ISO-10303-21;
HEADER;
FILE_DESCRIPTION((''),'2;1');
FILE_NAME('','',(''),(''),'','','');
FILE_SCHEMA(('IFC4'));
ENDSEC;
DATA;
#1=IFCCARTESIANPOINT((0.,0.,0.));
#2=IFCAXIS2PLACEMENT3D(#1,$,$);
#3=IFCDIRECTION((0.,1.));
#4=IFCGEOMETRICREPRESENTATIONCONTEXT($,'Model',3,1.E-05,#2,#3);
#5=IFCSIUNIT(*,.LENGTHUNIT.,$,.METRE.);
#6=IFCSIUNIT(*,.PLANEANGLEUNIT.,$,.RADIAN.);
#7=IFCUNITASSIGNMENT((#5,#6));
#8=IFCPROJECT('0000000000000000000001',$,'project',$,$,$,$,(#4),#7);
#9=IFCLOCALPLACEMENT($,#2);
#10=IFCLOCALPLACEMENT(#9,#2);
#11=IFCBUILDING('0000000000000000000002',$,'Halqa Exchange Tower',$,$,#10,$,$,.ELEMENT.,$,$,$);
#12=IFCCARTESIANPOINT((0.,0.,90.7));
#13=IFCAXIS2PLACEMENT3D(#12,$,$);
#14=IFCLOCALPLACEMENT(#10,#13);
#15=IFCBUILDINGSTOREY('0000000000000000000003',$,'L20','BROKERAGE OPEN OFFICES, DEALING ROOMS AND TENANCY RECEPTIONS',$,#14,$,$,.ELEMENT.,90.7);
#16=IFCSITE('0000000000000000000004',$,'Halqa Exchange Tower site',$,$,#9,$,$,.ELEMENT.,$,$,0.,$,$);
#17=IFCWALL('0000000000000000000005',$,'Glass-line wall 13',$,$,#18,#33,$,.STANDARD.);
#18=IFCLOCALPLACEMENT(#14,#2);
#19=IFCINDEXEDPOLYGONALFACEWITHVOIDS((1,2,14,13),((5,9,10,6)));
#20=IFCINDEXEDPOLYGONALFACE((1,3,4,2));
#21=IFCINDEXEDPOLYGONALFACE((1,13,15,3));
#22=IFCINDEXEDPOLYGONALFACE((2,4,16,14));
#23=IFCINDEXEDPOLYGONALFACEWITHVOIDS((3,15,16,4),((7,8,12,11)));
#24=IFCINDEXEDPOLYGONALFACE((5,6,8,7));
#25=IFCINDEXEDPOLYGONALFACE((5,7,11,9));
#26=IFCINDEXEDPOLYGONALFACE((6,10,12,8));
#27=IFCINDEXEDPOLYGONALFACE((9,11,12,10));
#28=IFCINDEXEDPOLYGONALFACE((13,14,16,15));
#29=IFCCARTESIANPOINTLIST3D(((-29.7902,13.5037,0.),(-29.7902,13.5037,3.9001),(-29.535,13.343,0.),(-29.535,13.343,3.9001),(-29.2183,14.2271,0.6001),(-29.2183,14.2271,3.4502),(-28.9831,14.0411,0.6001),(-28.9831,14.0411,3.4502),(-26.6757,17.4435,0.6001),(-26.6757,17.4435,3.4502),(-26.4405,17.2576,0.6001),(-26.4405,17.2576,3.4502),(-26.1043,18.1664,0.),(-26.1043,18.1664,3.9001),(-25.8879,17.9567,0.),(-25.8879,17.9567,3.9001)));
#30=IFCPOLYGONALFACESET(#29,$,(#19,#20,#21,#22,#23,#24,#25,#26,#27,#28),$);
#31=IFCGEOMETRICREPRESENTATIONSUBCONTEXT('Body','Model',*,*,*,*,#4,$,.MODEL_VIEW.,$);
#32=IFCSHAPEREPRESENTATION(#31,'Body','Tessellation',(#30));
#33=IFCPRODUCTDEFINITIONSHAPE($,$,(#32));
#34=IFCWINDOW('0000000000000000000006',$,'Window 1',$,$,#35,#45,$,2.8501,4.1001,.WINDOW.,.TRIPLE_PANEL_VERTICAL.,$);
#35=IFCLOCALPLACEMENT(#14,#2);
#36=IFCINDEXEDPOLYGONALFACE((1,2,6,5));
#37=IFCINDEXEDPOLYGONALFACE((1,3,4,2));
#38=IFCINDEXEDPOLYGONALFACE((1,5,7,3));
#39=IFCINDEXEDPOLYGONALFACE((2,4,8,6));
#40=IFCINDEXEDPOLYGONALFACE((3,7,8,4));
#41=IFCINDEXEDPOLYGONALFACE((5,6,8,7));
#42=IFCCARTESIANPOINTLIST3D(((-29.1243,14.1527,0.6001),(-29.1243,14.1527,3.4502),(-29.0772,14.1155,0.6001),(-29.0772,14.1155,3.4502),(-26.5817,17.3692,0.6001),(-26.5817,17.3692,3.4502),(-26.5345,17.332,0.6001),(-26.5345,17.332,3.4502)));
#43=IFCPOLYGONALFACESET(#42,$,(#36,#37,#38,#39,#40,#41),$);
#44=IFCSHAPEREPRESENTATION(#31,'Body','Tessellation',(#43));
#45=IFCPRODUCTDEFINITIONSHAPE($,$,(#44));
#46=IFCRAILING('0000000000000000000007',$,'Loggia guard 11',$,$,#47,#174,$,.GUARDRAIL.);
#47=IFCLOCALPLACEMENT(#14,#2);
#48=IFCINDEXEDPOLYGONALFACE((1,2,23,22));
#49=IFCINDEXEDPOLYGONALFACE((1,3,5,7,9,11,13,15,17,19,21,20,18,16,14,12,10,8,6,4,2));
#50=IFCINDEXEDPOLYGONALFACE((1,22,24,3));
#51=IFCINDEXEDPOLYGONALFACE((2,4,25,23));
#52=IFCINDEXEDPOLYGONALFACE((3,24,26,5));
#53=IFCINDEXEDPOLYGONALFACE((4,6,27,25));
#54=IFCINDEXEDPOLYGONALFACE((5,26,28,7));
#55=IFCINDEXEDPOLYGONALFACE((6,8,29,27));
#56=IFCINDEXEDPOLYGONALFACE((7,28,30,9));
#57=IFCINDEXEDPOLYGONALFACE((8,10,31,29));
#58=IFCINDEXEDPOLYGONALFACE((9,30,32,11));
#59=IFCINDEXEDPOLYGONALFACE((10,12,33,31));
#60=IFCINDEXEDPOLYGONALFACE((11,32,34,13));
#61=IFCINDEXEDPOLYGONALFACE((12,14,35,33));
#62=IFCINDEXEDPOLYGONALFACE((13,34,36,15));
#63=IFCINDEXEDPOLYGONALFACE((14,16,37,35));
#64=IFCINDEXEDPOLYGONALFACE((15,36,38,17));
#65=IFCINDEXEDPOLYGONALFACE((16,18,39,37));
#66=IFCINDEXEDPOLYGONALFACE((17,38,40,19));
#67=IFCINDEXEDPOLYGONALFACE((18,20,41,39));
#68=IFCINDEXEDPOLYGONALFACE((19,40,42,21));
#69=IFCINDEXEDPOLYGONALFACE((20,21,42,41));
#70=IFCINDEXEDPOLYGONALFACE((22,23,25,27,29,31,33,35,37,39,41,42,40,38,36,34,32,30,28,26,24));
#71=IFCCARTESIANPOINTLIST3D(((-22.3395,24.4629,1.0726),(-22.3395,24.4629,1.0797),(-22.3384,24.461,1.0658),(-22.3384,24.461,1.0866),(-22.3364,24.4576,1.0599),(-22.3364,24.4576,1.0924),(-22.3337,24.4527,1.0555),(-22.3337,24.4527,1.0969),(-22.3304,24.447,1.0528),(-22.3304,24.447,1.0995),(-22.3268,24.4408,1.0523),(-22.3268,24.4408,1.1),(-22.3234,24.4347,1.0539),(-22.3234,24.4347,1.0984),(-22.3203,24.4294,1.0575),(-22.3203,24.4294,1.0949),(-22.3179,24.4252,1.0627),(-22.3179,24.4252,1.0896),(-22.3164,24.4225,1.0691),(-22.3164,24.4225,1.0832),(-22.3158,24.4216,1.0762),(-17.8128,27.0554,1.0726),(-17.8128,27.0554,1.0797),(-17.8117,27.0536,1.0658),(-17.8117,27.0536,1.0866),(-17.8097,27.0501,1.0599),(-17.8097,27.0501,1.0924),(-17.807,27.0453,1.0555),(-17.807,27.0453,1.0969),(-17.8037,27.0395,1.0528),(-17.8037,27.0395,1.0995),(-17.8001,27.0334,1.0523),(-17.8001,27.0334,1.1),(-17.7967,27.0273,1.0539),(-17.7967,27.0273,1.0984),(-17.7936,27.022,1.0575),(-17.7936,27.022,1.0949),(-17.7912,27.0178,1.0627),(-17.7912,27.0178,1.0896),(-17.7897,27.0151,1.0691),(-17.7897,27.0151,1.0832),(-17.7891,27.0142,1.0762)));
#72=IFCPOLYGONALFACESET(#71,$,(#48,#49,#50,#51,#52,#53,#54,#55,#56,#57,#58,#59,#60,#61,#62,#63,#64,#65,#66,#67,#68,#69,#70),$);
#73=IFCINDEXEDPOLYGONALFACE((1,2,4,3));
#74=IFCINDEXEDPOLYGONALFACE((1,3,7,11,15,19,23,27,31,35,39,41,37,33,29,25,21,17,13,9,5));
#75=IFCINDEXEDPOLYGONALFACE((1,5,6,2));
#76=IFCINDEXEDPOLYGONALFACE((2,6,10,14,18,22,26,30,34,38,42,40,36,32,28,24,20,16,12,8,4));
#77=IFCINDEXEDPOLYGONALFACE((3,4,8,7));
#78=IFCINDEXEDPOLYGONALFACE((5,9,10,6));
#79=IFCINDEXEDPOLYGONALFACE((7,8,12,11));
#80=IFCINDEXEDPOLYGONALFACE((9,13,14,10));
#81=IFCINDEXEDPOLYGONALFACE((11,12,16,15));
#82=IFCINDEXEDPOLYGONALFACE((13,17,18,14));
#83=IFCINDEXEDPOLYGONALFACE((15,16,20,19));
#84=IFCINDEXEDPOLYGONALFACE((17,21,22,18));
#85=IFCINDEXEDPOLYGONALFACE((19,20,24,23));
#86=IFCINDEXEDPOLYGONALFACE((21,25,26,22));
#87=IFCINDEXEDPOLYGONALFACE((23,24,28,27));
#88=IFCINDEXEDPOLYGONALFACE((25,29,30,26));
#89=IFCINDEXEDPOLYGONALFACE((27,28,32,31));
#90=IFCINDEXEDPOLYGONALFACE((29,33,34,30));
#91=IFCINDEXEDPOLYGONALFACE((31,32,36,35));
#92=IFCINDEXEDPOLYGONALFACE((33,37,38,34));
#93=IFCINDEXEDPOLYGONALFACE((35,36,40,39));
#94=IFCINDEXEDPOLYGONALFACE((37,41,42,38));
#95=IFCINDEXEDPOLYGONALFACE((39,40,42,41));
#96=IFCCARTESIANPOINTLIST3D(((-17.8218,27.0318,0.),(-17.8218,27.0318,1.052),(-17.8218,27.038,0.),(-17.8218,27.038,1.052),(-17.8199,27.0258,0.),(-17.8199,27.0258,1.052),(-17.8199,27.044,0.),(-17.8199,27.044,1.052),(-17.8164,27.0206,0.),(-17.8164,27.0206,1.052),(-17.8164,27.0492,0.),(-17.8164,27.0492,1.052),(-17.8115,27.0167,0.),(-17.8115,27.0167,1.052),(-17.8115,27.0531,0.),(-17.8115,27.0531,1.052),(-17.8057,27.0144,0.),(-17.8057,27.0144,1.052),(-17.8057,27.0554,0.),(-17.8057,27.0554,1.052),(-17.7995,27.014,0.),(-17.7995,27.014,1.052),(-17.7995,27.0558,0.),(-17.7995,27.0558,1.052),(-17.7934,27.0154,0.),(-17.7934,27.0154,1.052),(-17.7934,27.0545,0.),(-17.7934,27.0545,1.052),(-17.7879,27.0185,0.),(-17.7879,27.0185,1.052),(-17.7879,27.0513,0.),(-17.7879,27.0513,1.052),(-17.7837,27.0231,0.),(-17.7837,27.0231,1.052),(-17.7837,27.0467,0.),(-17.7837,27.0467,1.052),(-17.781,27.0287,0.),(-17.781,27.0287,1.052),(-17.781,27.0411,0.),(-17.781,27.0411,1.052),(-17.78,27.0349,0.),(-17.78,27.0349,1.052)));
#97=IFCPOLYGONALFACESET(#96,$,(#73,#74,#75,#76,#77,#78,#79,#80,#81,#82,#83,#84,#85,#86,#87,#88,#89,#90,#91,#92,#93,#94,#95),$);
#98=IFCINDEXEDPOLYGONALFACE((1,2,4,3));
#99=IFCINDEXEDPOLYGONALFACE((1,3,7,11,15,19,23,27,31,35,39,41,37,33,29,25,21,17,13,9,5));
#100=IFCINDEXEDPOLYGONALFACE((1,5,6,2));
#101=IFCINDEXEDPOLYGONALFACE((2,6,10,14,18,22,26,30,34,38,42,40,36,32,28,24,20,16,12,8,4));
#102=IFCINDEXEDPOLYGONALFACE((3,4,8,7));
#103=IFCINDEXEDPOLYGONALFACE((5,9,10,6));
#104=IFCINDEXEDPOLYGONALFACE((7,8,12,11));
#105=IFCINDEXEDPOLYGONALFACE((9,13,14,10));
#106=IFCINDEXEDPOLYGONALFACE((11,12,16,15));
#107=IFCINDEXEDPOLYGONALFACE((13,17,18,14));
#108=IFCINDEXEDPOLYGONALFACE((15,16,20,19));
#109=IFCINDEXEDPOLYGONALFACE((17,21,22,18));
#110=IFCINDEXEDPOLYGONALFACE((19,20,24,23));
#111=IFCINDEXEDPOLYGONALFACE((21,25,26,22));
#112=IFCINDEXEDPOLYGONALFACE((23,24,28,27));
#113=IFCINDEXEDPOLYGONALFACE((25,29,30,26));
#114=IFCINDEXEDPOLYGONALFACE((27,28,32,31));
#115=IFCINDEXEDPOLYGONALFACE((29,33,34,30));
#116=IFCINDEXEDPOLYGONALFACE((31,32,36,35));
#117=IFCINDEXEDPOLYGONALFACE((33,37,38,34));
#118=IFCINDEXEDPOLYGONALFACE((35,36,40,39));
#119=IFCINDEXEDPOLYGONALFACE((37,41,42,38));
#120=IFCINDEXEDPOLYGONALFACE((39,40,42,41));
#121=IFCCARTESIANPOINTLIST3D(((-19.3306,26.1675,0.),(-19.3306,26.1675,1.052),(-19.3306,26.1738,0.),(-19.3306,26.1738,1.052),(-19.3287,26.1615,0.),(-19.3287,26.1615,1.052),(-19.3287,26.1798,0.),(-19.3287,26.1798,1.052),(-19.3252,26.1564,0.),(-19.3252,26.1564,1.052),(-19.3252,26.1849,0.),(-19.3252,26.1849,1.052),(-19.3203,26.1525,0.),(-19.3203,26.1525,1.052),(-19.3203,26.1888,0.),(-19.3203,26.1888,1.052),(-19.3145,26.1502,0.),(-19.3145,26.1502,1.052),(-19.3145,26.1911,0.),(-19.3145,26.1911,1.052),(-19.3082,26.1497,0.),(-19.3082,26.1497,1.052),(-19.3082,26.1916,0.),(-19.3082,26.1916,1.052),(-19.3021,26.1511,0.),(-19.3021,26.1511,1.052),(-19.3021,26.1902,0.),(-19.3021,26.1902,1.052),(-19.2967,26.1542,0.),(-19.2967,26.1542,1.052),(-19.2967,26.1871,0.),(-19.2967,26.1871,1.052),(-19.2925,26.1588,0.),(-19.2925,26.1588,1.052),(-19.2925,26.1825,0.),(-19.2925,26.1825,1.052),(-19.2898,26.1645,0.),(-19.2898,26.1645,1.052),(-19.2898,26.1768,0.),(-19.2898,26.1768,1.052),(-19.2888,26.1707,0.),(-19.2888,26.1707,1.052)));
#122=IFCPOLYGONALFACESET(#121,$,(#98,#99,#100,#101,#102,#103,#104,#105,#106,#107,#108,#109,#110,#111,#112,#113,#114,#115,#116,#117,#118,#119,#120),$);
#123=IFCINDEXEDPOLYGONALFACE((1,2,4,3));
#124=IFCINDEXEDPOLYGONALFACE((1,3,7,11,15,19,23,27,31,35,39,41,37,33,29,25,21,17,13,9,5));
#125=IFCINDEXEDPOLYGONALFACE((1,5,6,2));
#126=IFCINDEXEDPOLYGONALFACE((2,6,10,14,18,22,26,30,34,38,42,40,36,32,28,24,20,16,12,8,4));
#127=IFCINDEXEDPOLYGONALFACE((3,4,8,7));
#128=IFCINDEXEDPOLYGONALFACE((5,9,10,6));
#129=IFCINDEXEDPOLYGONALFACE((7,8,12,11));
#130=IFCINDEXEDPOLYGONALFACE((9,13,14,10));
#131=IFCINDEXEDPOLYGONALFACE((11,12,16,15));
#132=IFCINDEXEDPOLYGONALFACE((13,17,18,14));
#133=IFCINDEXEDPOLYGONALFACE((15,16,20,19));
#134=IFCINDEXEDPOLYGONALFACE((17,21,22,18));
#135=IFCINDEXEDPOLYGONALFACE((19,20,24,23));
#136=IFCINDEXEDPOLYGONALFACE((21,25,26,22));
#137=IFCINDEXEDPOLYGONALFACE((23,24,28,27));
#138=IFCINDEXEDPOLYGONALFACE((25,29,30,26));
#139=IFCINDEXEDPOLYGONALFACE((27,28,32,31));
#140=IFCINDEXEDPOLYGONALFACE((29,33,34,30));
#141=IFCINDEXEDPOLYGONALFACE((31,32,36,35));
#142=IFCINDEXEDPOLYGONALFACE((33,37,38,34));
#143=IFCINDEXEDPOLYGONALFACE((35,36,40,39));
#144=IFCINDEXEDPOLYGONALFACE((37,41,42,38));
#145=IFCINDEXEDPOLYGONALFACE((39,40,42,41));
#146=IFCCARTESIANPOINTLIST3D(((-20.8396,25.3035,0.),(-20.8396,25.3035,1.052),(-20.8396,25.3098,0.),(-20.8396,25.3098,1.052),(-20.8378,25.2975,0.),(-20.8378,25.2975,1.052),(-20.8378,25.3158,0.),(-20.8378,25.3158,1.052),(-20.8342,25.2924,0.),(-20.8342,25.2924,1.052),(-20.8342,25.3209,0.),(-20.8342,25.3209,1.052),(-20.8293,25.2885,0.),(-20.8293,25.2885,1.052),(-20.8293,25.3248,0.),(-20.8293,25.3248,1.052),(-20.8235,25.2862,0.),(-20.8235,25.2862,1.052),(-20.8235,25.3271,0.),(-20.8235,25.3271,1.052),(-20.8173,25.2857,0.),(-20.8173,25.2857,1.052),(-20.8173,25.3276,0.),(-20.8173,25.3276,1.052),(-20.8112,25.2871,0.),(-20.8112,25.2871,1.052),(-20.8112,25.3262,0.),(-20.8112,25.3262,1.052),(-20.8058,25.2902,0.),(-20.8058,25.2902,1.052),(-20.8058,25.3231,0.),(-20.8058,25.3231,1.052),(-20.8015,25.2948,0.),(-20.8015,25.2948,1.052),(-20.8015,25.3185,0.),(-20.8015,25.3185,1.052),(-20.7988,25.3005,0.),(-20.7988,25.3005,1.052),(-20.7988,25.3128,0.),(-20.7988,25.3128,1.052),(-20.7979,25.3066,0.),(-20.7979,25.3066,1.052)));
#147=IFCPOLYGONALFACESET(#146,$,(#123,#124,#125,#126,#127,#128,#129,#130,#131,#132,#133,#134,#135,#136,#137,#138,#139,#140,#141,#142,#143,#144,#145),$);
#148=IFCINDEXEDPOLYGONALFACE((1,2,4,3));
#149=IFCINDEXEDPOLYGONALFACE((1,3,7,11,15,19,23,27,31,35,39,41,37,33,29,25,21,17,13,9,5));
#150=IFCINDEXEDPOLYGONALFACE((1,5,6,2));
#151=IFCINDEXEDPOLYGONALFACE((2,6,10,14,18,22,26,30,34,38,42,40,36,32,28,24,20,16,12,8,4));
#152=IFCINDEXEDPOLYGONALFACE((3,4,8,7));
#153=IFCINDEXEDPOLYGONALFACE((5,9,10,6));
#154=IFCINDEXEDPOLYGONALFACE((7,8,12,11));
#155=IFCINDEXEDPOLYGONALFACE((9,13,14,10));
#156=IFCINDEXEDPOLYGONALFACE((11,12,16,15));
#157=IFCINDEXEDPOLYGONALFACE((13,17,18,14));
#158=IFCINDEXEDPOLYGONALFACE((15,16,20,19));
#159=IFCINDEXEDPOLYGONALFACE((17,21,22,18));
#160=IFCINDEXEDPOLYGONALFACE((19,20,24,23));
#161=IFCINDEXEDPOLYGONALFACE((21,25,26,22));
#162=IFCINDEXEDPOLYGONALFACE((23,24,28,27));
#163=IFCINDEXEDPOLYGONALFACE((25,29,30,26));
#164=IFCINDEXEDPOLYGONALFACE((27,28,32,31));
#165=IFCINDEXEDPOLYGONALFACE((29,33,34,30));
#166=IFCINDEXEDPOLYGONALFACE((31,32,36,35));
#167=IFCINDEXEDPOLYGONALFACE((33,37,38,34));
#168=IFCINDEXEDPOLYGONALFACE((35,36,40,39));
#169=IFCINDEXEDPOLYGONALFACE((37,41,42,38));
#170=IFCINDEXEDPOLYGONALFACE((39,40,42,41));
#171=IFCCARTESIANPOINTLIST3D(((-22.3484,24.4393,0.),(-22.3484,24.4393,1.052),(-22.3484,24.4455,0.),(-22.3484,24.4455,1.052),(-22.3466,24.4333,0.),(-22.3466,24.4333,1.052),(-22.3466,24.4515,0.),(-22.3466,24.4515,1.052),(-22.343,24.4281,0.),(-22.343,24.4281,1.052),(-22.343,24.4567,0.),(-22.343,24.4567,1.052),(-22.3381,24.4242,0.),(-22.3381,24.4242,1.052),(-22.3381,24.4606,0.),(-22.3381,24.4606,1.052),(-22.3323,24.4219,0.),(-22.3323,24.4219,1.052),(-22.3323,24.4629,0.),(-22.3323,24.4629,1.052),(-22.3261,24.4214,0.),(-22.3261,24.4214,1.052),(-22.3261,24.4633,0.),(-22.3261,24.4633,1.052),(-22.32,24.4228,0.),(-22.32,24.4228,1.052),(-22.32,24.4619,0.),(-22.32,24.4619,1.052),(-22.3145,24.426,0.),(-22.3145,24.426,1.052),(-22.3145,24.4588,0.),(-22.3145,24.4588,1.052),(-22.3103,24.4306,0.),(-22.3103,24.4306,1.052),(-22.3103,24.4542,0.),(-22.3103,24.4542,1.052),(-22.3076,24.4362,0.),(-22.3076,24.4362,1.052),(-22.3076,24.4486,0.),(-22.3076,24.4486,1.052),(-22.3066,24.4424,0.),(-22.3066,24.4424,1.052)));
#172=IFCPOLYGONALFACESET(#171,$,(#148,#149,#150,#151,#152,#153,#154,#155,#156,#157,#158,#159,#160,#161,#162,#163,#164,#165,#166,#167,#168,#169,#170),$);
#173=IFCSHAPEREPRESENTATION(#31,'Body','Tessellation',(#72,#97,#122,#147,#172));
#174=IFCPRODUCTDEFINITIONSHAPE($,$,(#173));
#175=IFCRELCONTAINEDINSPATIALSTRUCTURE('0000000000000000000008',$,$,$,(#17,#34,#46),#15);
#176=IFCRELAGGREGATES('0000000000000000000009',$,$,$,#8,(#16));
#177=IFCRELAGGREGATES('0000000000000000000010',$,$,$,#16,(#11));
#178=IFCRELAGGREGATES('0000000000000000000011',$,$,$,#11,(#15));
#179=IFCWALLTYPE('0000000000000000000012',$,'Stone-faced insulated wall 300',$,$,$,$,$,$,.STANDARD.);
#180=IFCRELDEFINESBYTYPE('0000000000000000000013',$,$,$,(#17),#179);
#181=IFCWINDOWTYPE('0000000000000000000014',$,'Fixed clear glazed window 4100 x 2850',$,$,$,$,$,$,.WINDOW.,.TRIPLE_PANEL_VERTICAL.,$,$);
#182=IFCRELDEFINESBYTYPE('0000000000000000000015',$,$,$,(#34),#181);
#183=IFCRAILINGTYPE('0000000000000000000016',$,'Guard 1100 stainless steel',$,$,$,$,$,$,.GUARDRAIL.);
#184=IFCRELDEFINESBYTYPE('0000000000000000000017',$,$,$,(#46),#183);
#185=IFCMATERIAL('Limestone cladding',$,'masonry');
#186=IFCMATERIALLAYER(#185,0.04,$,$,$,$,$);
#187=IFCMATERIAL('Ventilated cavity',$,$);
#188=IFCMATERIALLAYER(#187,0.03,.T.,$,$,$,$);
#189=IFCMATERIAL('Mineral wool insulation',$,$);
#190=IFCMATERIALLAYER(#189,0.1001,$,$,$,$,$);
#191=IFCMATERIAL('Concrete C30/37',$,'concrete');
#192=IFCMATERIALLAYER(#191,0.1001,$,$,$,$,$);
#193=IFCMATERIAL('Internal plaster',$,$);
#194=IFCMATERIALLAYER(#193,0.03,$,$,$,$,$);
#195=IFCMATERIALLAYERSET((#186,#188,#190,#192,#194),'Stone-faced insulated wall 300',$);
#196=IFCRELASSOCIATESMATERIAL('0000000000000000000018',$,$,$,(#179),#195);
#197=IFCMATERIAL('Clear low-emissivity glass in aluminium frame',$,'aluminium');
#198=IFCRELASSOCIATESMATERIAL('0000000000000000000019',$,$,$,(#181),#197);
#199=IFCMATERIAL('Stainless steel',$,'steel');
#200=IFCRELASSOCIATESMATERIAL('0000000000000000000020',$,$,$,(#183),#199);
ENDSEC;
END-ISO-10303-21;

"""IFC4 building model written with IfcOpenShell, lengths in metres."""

from ifc_helpers import new_model, si_unit, direction, frame, frame_2d, origin, origin_2d, place, context, subcontext, project, spatial, polyline, rectangle, circle, outline, extrude, material, layer, layer_set, type_object, element, fill, save


model = new_model("IFC4")

# Units and contexts
model_context = context("Model", 3, precision=1e-05, world=origin(), true_north=direction((0.0, 1.0)))
body_context = subcontext(model_context, "Body", "Model", "MODEL_VIEW")
ifc_project = project(units=[si_unit("LENGTHUNIT", "METRE"), si_unit("PLANEANGLEUNIT", "RADIAN")], contexts=[model_context])

# Site, building, storey
site_placement = place(None, origin())
site = spatial("IfcSite", under=ifc_project, at=site_placement, Name="Halqa Exchange Tower site", CompositionType="ELEMENT", RefElevation=0.0)
building_placement = place(site_placement, origin())
building = spatial("IfcBuilding", under=site, at=building_placement, Name="Halqa Exchange Tower", CompositionType="ELEMENT")
storey_placement = place(building_placement, frame((0.0, 0.0, 90.7)))
storey = spatial("IfcBuildingStorey", under=building, at=storey_placement, Name="L20", Description="BROKERAGE OPEN OFFICES, DEALING ROOMS AND TENANCY RECEPTIONS", CompositionType="ELEMENT", Elevation=90.7)

# Shared definitions
ifc_material_1 = material(Name="Limestone cladding", Category="masonry")
ifc_layer_1 = layer(ifc_material_1, 0.04)
ifc_material_2 = material(Name="Ventilated cavity")
ifc_layer_2 = layer(ifc_material_2, 0.03, ventilated=True)
ifc_material_3 = material(Name="Mineral wool insulation")
ifc_layer_3 = layer(ifc_material_3, 0.1001)
ifc_material_4 = material(Name="Concrete C30/37", Category="concrete")
ifc_layer_4 = layer(ifc_material_4, 0.1001)
ifc_material_5 = material(Name="Internal plaster")
ifc_layer_5 = layer(ifc_material_5, 0.03)
ifc_layer_set_1 = layer_set([ifc_layer_1, ifc_layer_2, ifc_layer_3, ifc_layer_4, ifc_layer_5], Name="Stone-faced insulated wall 300")
wall_type_1 = type_object("IfcWallType", Name="Stone-faced insulated wall 300", PredefinedType="STANDARD", material=ifc_layer_set_1)
ifc_material_6 = material(Name="Clear low-emissivity glass in aluminium frame", Category="aluminium")
window_type = type_object("IfcWindowType", Name="Fixed clear glazed window 4100 x 2850", PartitioningType="TRIPLE_PANEL_VERTICAL", PredefinedType="WINDOW", material=ifc_material_6)

# Wall, opening, window
wall_1_placement = place(storey_placement, frame((-25.9961, 18.0615, 0.0), z_axis=(0.0, 0.0, 1.0), x_axis=(-0.620142, -0.784489, 0.0)))
wall_1 = element("IfcWall", 1, at=wall_1_placement, inside=storey, type_object=wall_type_1, Name="Glass-line wall 13", PredefinedType="STANDARD", context=body_context, shape_type="SweptSolid", body=[
    extrude(outline(polyline([(-0.0151, -0.1499), (5.9285, -0.1499), (5.8962, 0.1499), (0.0151, 0.1499), (-0.0151, -0.1499)])), origin(), (0.0, 0.0, 1.0), 3.9001),
])
opening_1_placement = place(wall_1_placement, frame((0.9062, 0.0, 0.6001)))
opening_1 = element("IfcOpeningElement", 2, at=opening_1_placement, cuts=wall_1, PredefinedType="OPENING", context=body_context, shape_type="SweptSolid", body=[
    extrude(rectangle(XDim=4.1001, YDim=2.8501, at=frame_2d((2.05, 1.425))), frame((0.0, 0.1621, 0.0), z_axis=(0.0, -1.0, 0.0), x_axis=(1.0, 0.0, 0.0)), (0.0, 0.0, 1.0), 0.324),
])
window_1_placement = place(opening_1_placement, origin())
window_1 = element("IfcWindow", 3, at=window_1_placement, inside=storey, type_object=window_type, Name="Window 1", OverallHeight=2.8501, OverallWidth=4.1001, PartitioningType="TRIPLE_PANEL_VERTICAL", PredefinedType="WINDOW", context=body_context, shape_type="SweptSolid", body=[
    extrude(rectangle(XDim=4.1001, YDim=2.8501, at=frame_2d((2.05, 1.425))), frame((0.0, 0.03, 0.0), z_axis=(0.0, -1.0, 0.0), x_axis=(1.0, 0.0, 0.0)), (0.0, 0.0, 1.0), 0.0601),
])
fill(opening_1, window_1)

# Railing
ifc_material_7 = material(Name="Stainless steel", Category="steel")
railing_type = type_object("IfcRailingType", Name="Guard 1100 stainless steel", PredefinedType="GUARDRAIL", material=ifc_material_7)
railing_1_placement = place(storey_placement, frame((-17.801, 27.0349, 0.0)))
element("IfcRailing", 4, at=railing_1_placement, inside=storey, type_object=railing_type, Name="Loggia guard 11", PredefinedType="GUARDRAIL", context=body_context, shape_type="SweptSolid", body=[
    extrude(circle(Radius=0.0239, at=origin_2d()), frame((0.0, 0.0, 1.0762), z_axis=(-0.867756, -0.49699, 0.0), x_axis=(0.49699, -0.867756, 0.0)), (0.0, 0.0, 1.0), 5.2166),
    extrude(circle(Radius=0.021, at=origin_2d()), origin(), (0.0, 0.0, 1.0), 1.052),
    extrude(circle(Radius=0.021, at=origin_2d()), frame((-1.5088, -0.8643, 0.0)), (0.0, 0.0, 1.0), 1.052),
    extrude(circle(Radius=0.021, at=origin_2d()), frame((-3.0178, -1.7283, 0.0)), (0.0, 0.0, 1.0), 1.052),
    extrude(circle(Radius=0.021, at=origin_2d()), frame((-4.5266, -2.5925, 0.0)), (0.0, 0.0, 1.0), 1.052),
])

save(model, "model.ifc")
